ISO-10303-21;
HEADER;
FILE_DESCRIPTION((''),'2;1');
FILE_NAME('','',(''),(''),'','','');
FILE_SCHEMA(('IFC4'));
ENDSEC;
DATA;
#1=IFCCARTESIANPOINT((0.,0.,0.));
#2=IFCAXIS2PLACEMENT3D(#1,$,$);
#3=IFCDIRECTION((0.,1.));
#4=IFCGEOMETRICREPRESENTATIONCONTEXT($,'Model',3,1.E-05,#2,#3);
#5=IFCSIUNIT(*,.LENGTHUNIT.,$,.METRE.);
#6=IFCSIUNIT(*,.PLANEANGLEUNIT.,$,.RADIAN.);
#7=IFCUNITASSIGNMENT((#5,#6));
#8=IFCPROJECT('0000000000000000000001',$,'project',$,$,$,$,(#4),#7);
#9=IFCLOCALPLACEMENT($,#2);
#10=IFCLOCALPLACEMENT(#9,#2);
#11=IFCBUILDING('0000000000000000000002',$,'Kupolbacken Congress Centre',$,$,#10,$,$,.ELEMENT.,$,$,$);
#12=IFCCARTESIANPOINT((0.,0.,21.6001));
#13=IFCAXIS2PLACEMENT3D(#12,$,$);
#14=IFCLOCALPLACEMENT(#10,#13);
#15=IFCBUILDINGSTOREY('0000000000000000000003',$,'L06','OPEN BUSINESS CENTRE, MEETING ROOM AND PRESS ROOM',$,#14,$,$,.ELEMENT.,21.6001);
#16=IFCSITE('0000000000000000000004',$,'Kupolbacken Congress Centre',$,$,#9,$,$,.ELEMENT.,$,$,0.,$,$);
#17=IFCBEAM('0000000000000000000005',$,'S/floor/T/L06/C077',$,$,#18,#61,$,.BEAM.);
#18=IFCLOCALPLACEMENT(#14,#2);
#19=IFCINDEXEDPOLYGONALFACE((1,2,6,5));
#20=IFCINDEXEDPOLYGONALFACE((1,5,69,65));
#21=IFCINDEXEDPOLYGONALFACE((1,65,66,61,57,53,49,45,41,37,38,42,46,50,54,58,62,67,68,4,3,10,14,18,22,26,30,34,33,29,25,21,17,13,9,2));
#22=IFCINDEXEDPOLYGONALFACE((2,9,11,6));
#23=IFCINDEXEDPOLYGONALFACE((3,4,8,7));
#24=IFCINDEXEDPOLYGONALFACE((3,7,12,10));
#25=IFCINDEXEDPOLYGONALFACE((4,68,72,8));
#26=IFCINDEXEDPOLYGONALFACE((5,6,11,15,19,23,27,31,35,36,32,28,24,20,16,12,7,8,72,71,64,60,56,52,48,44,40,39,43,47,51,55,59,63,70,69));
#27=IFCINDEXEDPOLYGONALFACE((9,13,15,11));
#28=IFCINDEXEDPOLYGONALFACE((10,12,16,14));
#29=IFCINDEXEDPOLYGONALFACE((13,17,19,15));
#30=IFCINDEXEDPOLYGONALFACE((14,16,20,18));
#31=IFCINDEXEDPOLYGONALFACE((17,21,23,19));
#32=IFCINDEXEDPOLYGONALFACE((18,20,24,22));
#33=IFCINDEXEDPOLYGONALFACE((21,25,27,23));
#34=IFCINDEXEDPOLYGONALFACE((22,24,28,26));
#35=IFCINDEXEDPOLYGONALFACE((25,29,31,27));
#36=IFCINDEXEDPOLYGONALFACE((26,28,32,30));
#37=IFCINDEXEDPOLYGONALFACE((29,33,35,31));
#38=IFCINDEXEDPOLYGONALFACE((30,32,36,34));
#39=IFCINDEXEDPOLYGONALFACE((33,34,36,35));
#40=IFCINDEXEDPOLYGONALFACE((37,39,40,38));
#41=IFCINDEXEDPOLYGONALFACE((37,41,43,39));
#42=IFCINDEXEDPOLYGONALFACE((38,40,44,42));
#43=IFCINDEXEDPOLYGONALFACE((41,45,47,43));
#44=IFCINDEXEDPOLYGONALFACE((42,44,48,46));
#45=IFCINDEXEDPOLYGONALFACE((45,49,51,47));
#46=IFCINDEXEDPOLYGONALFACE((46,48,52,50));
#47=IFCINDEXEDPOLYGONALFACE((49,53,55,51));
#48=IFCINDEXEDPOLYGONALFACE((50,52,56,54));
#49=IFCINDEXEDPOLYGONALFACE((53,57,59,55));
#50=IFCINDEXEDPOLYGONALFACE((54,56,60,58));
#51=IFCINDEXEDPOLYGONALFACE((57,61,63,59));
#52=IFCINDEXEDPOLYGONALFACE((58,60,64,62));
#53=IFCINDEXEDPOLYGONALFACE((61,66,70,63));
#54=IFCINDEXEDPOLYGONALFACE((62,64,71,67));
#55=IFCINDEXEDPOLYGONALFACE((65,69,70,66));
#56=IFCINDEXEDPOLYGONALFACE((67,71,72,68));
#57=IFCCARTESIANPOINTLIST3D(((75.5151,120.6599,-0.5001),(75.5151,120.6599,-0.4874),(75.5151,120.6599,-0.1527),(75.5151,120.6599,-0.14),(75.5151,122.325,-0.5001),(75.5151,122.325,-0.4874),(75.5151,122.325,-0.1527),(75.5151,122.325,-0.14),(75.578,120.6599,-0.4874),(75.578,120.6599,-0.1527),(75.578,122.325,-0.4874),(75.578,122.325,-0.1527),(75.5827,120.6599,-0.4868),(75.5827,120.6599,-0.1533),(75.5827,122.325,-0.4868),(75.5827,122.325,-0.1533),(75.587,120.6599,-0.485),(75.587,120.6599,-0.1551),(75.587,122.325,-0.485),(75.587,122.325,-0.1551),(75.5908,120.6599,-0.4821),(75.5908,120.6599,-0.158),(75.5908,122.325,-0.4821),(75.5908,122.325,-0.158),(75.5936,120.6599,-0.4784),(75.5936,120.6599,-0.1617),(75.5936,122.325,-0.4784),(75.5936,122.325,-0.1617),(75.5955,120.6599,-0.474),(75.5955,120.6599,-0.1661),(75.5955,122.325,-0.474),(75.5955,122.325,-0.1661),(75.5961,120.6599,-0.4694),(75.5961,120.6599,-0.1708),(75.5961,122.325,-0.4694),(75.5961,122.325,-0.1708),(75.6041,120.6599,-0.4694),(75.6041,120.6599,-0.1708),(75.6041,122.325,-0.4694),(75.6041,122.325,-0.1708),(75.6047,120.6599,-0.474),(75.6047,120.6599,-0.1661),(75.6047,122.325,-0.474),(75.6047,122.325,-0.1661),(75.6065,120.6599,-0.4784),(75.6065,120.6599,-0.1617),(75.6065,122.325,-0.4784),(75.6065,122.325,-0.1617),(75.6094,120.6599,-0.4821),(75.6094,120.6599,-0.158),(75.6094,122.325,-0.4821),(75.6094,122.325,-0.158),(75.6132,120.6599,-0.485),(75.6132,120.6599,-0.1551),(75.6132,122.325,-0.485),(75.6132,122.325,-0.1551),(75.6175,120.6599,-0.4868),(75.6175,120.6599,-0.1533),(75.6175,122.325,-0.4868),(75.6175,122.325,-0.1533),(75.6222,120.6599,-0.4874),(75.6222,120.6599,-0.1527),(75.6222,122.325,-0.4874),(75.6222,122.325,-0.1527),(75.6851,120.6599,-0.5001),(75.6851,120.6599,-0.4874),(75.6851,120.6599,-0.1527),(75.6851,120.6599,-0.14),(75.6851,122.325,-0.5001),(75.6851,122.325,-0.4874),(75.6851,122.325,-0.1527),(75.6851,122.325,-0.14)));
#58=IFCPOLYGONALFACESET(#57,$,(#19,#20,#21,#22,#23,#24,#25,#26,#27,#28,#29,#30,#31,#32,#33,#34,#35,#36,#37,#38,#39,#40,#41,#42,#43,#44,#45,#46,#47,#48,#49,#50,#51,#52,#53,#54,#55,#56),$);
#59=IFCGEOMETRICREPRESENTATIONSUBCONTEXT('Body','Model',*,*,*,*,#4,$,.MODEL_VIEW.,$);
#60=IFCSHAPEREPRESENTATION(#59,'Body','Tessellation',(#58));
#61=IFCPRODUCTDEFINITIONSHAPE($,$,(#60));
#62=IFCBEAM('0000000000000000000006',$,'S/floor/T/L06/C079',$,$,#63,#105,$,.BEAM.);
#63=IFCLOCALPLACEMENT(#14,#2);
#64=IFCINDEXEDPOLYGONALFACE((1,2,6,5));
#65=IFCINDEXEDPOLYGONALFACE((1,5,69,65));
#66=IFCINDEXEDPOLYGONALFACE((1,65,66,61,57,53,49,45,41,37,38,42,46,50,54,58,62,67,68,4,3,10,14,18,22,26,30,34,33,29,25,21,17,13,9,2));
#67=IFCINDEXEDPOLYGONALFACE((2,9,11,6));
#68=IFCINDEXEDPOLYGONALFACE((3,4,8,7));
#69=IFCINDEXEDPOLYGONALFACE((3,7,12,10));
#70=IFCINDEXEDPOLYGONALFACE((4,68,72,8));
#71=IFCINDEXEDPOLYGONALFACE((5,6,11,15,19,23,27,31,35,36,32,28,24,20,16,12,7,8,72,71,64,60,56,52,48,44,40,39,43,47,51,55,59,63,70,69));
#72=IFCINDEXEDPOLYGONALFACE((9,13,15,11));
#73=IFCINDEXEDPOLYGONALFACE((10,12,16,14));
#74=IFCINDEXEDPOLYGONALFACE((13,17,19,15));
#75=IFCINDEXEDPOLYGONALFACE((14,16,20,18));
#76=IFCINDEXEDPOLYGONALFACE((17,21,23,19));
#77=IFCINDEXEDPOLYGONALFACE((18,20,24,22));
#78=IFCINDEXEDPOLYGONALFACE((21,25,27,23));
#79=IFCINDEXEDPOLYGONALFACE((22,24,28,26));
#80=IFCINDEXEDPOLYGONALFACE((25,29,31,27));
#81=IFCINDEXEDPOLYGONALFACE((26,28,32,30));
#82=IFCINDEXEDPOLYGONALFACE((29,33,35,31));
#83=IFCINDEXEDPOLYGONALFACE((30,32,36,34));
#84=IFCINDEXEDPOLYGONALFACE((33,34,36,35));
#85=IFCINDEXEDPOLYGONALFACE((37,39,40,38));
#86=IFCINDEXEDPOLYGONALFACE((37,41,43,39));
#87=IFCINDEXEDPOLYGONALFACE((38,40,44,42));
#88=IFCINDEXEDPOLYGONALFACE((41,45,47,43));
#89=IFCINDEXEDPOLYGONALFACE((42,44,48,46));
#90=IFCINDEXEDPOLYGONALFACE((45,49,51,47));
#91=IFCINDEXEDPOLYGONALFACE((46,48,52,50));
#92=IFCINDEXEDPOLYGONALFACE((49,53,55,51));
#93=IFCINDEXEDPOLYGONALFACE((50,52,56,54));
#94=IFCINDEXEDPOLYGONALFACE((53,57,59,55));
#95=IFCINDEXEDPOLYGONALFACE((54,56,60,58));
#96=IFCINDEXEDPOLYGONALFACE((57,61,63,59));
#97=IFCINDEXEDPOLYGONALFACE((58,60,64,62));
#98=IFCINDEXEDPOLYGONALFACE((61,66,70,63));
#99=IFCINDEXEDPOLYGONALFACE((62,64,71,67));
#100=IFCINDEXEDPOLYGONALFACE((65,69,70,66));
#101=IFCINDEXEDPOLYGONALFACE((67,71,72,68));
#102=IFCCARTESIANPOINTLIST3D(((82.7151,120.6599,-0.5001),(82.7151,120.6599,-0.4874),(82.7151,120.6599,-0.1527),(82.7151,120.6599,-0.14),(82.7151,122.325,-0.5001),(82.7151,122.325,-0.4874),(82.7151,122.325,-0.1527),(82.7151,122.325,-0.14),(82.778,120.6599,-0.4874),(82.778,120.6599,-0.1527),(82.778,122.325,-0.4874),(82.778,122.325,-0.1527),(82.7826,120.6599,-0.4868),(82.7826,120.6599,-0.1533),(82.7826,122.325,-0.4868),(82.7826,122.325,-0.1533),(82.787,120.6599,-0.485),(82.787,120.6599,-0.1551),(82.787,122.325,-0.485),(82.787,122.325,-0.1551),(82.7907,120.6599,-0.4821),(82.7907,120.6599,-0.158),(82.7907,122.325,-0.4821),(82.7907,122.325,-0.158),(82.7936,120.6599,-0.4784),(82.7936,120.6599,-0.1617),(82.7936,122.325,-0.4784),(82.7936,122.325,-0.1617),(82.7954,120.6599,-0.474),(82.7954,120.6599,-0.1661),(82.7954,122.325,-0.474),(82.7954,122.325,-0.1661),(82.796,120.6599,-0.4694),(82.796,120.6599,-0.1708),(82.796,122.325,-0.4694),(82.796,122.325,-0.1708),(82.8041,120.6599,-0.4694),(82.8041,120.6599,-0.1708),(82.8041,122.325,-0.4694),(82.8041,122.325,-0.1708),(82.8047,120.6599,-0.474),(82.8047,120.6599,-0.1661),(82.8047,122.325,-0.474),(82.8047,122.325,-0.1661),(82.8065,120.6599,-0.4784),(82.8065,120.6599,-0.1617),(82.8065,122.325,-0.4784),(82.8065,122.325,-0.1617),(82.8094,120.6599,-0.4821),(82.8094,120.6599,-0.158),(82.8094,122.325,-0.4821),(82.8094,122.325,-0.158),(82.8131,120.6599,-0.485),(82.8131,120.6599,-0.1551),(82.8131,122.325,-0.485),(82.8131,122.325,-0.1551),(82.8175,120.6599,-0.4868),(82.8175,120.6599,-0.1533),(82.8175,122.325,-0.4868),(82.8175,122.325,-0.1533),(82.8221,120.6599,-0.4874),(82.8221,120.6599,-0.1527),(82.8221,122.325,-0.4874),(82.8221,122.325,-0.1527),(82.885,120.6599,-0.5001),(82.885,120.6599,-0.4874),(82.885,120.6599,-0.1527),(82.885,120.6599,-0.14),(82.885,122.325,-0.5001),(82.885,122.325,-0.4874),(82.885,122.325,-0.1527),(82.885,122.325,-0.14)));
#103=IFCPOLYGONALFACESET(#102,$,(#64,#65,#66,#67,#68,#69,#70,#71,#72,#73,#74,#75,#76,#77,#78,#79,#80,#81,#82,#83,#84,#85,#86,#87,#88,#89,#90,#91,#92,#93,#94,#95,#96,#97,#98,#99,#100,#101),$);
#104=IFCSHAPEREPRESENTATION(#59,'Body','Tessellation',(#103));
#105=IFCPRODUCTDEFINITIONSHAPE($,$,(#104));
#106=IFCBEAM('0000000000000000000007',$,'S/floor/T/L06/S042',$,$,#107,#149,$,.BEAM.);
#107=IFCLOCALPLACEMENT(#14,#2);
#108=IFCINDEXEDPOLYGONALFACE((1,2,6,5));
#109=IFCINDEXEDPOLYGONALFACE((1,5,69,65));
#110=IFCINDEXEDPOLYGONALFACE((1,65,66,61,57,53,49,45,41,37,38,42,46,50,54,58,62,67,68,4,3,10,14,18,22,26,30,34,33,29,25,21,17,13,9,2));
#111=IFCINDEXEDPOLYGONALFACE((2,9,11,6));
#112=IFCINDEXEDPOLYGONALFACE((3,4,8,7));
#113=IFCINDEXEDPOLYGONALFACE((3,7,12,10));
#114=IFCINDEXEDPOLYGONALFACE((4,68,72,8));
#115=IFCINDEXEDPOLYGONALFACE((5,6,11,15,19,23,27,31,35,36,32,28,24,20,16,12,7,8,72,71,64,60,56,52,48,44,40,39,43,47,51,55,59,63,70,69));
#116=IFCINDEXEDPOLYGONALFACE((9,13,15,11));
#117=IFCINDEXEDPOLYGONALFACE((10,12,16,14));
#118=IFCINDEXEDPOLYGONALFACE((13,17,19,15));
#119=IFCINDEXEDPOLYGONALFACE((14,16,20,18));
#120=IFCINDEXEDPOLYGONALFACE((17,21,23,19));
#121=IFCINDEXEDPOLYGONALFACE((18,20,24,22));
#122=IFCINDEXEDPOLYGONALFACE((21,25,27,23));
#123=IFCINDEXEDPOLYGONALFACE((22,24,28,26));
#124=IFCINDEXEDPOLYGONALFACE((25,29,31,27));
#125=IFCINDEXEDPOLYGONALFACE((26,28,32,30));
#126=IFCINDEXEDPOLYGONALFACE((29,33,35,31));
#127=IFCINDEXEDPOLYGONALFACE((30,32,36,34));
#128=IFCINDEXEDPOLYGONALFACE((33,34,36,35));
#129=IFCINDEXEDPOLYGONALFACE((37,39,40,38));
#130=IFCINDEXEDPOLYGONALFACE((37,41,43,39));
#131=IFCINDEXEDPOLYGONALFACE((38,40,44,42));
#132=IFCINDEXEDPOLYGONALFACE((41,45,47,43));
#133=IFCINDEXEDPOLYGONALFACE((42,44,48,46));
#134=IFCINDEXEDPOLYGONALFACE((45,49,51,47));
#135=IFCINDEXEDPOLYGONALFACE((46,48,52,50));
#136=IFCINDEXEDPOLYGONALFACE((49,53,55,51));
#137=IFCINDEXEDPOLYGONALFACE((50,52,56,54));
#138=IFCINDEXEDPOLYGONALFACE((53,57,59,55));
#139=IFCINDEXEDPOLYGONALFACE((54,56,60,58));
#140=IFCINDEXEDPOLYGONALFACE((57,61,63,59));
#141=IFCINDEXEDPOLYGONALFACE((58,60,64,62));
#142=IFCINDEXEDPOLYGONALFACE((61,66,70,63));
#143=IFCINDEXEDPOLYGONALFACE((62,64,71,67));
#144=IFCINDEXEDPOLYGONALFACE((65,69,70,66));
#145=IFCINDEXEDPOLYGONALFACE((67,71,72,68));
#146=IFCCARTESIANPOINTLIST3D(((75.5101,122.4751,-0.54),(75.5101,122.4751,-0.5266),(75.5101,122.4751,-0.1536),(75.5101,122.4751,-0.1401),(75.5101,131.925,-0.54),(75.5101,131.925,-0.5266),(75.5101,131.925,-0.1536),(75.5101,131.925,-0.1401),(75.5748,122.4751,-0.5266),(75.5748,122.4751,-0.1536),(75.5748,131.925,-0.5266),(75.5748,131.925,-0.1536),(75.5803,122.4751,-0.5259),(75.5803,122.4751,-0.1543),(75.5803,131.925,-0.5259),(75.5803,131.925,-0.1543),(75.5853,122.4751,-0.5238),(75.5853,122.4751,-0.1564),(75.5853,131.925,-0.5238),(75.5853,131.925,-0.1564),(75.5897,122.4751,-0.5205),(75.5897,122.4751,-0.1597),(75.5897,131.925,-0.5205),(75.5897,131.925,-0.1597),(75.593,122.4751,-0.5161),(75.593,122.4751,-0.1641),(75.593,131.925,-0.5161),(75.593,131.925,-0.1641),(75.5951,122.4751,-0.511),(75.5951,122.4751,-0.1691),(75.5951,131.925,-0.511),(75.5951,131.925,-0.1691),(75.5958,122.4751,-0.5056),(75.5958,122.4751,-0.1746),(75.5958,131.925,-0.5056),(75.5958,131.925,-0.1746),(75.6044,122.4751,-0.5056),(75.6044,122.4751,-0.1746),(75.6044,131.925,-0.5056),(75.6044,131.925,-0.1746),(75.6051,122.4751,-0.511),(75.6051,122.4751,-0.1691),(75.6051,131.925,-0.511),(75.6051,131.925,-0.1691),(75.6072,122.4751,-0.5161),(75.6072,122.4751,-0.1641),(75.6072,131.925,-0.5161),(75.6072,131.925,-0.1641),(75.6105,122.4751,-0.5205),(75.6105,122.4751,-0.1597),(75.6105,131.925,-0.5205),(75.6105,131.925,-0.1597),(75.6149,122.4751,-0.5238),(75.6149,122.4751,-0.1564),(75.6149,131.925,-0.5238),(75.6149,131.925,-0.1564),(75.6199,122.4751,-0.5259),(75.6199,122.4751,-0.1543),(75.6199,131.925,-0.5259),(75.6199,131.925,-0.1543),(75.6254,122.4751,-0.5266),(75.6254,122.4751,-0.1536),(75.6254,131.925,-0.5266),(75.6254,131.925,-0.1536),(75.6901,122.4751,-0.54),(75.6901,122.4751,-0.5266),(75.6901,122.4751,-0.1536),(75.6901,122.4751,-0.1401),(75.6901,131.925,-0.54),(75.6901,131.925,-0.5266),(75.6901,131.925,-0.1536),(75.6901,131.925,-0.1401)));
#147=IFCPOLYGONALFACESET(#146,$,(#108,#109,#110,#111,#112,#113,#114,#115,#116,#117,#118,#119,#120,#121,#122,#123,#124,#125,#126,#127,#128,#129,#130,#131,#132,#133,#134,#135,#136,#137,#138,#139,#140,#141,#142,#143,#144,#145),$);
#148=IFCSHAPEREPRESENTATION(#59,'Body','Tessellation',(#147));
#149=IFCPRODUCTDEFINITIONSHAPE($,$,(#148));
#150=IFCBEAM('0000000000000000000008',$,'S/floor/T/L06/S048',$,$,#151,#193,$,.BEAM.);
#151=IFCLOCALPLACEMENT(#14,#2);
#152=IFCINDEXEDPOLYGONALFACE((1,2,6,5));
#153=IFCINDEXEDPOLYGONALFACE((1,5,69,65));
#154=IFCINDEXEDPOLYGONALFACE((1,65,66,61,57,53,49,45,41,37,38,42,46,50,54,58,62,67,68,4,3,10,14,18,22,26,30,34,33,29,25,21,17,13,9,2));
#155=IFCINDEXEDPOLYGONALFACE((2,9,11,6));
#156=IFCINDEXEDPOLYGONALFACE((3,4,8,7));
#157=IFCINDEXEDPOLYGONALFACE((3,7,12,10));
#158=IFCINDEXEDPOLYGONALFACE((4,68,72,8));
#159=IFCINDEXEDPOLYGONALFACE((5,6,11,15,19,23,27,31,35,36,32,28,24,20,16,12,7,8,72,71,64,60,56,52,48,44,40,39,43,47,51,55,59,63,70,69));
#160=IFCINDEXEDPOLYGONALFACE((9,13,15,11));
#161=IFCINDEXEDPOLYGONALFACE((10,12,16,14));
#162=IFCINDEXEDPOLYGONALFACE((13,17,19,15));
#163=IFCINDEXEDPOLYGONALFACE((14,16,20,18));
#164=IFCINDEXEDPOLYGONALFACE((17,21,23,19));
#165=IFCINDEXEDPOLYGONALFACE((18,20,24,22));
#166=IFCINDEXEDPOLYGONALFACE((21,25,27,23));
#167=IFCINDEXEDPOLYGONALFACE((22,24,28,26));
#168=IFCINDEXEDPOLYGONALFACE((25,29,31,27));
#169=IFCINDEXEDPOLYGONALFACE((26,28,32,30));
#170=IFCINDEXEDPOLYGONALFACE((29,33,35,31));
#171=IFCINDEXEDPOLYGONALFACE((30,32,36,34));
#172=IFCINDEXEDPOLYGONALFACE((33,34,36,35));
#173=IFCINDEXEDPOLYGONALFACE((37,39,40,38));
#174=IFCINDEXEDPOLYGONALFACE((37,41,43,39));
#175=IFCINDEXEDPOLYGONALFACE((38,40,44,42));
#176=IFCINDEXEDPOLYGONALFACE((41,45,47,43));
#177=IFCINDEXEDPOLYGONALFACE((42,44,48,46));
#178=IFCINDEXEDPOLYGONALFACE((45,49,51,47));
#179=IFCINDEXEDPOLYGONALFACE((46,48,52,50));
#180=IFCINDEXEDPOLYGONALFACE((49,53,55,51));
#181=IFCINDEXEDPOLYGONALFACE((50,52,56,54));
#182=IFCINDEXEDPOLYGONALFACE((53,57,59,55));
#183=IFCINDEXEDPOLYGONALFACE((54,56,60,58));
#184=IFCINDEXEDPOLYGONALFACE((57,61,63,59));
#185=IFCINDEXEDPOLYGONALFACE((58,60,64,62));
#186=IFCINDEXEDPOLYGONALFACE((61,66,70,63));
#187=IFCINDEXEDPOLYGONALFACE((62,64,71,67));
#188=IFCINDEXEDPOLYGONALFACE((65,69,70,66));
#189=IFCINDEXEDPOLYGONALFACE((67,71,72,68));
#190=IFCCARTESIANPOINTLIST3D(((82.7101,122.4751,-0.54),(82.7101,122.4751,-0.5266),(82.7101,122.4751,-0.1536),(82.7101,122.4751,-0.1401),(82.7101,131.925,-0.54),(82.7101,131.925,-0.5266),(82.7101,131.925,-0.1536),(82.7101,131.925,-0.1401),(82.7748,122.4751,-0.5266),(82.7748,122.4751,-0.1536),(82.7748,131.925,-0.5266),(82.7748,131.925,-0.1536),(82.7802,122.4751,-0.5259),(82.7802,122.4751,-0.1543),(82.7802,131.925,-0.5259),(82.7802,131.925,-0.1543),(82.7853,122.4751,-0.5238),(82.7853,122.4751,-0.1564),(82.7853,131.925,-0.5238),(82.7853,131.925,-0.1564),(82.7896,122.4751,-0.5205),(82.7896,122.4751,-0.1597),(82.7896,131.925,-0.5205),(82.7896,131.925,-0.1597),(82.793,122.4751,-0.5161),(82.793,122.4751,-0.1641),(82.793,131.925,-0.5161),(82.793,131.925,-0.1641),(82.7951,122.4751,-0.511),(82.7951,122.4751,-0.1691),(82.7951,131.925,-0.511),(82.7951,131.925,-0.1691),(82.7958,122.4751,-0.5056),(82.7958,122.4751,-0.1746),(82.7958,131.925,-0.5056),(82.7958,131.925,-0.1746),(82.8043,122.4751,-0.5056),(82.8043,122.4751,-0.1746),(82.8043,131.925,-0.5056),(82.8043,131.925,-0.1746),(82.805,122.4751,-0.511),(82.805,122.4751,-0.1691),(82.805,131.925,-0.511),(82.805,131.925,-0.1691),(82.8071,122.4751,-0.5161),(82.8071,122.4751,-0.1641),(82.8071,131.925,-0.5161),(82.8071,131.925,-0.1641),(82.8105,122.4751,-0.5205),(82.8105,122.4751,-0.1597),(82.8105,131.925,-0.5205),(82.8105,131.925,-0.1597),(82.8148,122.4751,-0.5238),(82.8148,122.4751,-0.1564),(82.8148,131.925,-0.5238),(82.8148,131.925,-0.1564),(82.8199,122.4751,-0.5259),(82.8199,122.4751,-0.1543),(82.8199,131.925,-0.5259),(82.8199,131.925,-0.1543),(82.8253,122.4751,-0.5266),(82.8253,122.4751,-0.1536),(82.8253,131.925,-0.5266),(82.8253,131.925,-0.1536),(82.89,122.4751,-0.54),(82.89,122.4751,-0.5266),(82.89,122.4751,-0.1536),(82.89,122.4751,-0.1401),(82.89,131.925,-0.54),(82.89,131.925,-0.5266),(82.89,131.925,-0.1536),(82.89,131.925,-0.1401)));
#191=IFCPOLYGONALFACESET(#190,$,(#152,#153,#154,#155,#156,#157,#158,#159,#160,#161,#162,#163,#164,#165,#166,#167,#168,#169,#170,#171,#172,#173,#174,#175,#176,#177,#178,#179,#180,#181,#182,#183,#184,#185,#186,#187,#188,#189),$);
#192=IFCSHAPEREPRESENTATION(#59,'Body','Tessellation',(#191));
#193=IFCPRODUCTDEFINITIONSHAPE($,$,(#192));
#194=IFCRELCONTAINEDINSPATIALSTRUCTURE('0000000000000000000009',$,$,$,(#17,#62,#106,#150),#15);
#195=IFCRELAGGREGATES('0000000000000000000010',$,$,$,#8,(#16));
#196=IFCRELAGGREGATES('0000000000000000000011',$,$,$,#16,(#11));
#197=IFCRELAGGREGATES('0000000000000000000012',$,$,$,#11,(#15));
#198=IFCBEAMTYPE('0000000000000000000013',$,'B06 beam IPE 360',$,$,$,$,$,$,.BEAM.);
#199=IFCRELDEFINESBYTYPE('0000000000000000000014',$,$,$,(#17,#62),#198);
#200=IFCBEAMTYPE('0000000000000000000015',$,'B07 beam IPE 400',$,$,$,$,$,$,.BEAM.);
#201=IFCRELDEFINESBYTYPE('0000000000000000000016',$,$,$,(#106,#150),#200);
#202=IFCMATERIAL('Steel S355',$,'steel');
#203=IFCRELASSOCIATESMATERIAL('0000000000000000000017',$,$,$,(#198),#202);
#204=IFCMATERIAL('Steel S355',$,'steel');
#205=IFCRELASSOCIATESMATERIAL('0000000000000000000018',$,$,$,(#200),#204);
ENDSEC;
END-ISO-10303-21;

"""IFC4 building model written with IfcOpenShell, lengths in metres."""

from ifc_helpers import new_model, si_unit, direction, frame, origin, origin_2d, place, context, subcontext, project, spatial, i_section, extrude, material, material_profile, profile_set, type_object, element, save


model = new_model("IFC4")

# Units and contexts
model_context = context("Model", 3, precision=1e-05, world=origin(), true_north=direction((0.0, 1.0)))
body_context = subcontext(model_context, "Body", "Model", "MODEL_VIEW")
ifc_project = project(units=[si_unit("LENGTHUNIT", "METRE"), si_unit("PLANEANGLEUNIT", "RADIAN")], contexts=[model_context])

# Site, building, storey
site_placement = place(None, origin())
site = spatial("IfcSite", under=ifc_project, at=site_placement, Name="Kupolbacken Congress Centre", CompositionType="ELEMENT", RefElevation=0.0)
building_placement = place(site_placement, origin())
building = spatial("IfcBuilding", under=site, at=building_placement, Name="Kupolbacken Congress Centre", CompositionType="ELEMENT")
storey_placement = place(building_placement, frame((0.0, 0.0, 21.6001)))
storey = spatial("IfcBuildingStorey", under=building, at=storey_placement, Name="L06", Description="OPEN BUSINESS CENTRE, MEETING ROOM AND PRESS ROOM", CompositionType="ELEMENT", Elevation=21.6001)

# Beams
ifc_material_1 = material(Name="Steel S355", Category="steel")
ifc_material_profile_1 = material_profile(ifc_material_1, i_section(OverallWidth=0.1699, OverallDepth=0.3601, WebThickness=0.0081, FlangeThickness=0.0127, FilletRadius=0.0181, at=origin_2d()), Name="IPE 360")
ifc_profile_set_1 = profile_set([ifc_material_profile_1], Name="Steel S355")
beam_type_1 = type_object("IfcBeamType", Name="B06 beam IPE 360", PredefinedType="BEAM", material=ifc_profile_set_1)
for number, where, z_axis, x_axis, name in (
    (1, (75.6001, 122.325, -0.3201), (0.0, -1.0, 0.0), (1.0, 0.0, 0.0), "S/floor/T/L06/C077"),
    (2, (82.8, 122.325, -0.3201), (0.0, -1.0, 0.0), (1.0, 0.0, 0.0), "S/floor/T/L06/C079"),
):
    element("IfcBeam", number, at=place(storey_placement, frame(where, z_axis=z_axis, x_axis=x_axis)), inside=storey, type_object=beam_type_1, Name=name, PredefinedType="BEAM", context=body_context, shape_type="SweptSolid", body=[
        extrude(i_section(OverallWidth=0.1699, OverallDepth=0.3601, WebThickness=0.0081, FlangeThickness=0.0127, FilletRadius=0.0181, at=origin_2d()), origin(), (0.0, 0.0, 1.0), 1.665),
    ])
ifc_material_2 = material(Name="Steel S355", Category="steel")
ifc_material_profile_2 = material_profile(ifc_material_2, i_section(OverallWidth=0.1799, OverallDepth=0.3999, WebThickness=0.0085, FlangeThickness=0.0134, FilletRadius=0.021, at=origin_2d()), Name="IPE 400")
ifc_profile_set_2 = profile_set([ifc_material_profile_2], Name="Steel S355")
beam_type_2 = type_object("IfcBeamType", Name="B07 beam IPE 400", PredefinedType="BEAM", material=ifc_profile_set_2)
for number, where, z_axis, x_axis, name in (
    (3, (75.6001, 122.4751, -0.3401), (0.0, 1.0, 0.0), (-1.0, 0.0, 0.0), "S/floor/T/L06/S042"),
    (4, (82.8, 122.4751, -0.3401), (0.0, 1.0, 0.0), (-1.0, 0.0, 0.0), "S/floor/T/L06/S048"),
):
    element("IfcBeam", number, at=place(storey_placement, frame(where, z_axis=z_axis, x_axis=x_axis)), inside=storey, type_object=beam_type_2, Name=name, PredefinedType="BEAM", context=body_context, shape_type="SweptSolid", body=[
        extrude(i_section(OverallWidth=0.1799, OverallDepth=0.3999, WebThickness=0.0085, FlangeThickness=0.0134, FilletRadius=0.021, at=origin_2d()), origin(), (0.0, 0.0, 1.0), 9.45),
    ])

save(model, "model.ifc")
